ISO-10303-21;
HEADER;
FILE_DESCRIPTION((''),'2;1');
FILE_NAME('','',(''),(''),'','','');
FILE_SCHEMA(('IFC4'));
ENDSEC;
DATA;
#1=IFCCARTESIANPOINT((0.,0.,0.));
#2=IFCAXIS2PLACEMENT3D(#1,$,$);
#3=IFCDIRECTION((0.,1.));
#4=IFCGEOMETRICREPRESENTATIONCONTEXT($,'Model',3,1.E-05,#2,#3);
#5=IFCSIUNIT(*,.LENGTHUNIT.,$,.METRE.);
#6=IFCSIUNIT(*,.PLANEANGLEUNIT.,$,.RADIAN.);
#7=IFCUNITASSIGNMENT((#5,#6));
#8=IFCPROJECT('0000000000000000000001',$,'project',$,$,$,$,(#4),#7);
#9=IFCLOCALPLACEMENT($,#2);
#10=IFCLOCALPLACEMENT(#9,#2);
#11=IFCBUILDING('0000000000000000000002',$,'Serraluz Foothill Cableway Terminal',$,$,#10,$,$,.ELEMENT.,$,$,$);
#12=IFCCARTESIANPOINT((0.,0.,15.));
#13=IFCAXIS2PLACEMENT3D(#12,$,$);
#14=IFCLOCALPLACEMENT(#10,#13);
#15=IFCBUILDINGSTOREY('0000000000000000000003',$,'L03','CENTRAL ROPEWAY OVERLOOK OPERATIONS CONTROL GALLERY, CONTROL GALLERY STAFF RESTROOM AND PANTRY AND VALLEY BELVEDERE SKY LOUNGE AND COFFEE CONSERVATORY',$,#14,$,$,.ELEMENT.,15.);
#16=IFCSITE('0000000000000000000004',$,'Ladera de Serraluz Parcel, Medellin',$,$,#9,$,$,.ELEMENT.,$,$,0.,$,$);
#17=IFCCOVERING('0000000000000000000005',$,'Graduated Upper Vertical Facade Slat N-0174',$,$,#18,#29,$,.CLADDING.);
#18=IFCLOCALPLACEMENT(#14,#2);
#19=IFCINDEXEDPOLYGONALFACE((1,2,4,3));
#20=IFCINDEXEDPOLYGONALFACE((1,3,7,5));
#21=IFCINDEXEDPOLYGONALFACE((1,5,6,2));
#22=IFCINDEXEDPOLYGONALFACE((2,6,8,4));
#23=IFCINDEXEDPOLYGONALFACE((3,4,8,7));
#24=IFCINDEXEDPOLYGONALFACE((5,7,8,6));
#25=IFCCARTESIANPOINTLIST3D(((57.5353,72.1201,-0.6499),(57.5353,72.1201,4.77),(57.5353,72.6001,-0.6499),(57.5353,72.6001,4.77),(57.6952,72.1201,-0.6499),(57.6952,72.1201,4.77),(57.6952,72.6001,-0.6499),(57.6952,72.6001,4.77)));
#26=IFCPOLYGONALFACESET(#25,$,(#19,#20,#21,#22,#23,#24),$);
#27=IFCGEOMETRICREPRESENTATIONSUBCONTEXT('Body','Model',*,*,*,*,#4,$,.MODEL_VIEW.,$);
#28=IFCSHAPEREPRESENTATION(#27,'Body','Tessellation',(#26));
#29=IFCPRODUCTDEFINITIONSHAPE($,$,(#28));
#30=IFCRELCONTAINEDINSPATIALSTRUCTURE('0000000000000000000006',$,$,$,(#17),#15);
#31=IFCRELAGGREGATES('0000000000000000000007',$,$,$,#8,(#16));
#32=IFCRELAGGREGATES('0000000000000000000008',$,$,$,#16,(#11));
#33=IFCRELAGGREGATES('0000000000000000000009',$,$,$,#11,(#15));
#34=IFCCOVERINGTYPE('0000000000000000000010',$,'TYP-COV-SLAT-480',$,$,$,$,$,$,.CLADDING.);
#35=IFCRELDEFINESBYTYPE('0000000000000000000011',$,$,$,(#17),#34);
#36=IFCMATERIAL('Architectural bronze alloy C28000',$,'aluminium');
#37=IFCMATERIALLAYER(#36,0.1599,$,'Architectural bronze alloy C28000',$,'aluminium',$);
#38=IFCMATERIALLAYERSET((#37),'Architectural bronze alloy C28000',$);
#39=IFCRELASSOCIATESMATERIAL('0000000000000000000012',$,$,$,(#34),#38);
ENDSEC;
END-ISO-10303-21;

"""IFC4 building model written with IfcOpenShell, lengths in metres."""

from ifc_helpers import new_model, si_unit, direction, frame, origin, origin_2d, place, context, subcontext, project, spatial, rectangle, extrude, material, layer, layer_set, type_object, element, save


model = new_model("IFC4")

# Units and contexts
model_context = context("Model", 3, precision=1e-05, world=origin(), true_north=direction((0.0, 1.0)))
body_context = subcontext(model_context, "Body", "Model", "MODEL_VIEW")
ifc_project = project(units=[si_unit("LENGTHUNIT", "METRE"), si_unit("PLANEANGLEUNIT", "RADIAN")], contexts=[model_context])

# Site, building, storey
site_placement = place(None, origin())
site = spatial("IfcSite", under=ifc_project, at=site_placement, Name="Ladera de Serraluz Parcel, Medellin", CompositionType="ELEMENT", RefElevation=0.0)
building_placement = place(site_placement, origin())
building = spatial("IfcBuilding", under=site, at=building_placement, Name="Serraluz Foothill Cableway Terminal", CompositionType="ELEMENT")
storey_placement = place(building_placement, frame((0.0, 0.0, 15.0)))
storey = spatial("IfcBuildingStorey", under=building, at=storey_placement, Name="L03", Description="CENTRAL ROPEWAY OVERLOOK OPERATIONS CONTROL GALLERY, CONTROL GALLERY STAFF RESTROOM AND PANTRY AND VALLEY BELVEDERE SKY LOUNGE AND COFFEE CONSERVATORY", CompositionType="ELEMENT", Elevation=15.0)

# Shared definitions
ifc_material_1 = material(Name="Architectural bronze alloy C28000", Category="aluminium")

# Covering
ifc_layer_1 = layer(ifc_material_1, 0.1599, Name="Architectural bronze alloy C28000", Category="aluminium")
ifc_layer_set_1 = layer_set([ifc_layer_1], Name="Architectural bronze alloy C28000")
covering_type = type_object("IfcCoveringType", Name="TYP-COV-SLAT-480", PredefinedType="CLADDING", material=ifc_layer_set_1)
for number, where, z_axis, x_axis, name in (
    (1, (57.6152, 72.3601, -0.6499), (0.0, 0.0, 1.0), (1.0, 0.0, 0.0), "Graduated Upper Vertical Facade Slat N-0174"),
):
    element("IfcCovering", number, at=place(storey_placement, frame(where, z_axis=z_axis, x_axis=x_axis)), inside=storey, type_object=covering_type, Name=name, PredefinedType="CLADDING", context=body_context, shape_type="SweptSolid", body=[
        extrude(rectangle(XDim=0.1599, YDim=0.48, at=origin_2d()), origin(), (0.0, 0.0, 1.0), 5.4199),
    ])

save(model, "model.ifc")
